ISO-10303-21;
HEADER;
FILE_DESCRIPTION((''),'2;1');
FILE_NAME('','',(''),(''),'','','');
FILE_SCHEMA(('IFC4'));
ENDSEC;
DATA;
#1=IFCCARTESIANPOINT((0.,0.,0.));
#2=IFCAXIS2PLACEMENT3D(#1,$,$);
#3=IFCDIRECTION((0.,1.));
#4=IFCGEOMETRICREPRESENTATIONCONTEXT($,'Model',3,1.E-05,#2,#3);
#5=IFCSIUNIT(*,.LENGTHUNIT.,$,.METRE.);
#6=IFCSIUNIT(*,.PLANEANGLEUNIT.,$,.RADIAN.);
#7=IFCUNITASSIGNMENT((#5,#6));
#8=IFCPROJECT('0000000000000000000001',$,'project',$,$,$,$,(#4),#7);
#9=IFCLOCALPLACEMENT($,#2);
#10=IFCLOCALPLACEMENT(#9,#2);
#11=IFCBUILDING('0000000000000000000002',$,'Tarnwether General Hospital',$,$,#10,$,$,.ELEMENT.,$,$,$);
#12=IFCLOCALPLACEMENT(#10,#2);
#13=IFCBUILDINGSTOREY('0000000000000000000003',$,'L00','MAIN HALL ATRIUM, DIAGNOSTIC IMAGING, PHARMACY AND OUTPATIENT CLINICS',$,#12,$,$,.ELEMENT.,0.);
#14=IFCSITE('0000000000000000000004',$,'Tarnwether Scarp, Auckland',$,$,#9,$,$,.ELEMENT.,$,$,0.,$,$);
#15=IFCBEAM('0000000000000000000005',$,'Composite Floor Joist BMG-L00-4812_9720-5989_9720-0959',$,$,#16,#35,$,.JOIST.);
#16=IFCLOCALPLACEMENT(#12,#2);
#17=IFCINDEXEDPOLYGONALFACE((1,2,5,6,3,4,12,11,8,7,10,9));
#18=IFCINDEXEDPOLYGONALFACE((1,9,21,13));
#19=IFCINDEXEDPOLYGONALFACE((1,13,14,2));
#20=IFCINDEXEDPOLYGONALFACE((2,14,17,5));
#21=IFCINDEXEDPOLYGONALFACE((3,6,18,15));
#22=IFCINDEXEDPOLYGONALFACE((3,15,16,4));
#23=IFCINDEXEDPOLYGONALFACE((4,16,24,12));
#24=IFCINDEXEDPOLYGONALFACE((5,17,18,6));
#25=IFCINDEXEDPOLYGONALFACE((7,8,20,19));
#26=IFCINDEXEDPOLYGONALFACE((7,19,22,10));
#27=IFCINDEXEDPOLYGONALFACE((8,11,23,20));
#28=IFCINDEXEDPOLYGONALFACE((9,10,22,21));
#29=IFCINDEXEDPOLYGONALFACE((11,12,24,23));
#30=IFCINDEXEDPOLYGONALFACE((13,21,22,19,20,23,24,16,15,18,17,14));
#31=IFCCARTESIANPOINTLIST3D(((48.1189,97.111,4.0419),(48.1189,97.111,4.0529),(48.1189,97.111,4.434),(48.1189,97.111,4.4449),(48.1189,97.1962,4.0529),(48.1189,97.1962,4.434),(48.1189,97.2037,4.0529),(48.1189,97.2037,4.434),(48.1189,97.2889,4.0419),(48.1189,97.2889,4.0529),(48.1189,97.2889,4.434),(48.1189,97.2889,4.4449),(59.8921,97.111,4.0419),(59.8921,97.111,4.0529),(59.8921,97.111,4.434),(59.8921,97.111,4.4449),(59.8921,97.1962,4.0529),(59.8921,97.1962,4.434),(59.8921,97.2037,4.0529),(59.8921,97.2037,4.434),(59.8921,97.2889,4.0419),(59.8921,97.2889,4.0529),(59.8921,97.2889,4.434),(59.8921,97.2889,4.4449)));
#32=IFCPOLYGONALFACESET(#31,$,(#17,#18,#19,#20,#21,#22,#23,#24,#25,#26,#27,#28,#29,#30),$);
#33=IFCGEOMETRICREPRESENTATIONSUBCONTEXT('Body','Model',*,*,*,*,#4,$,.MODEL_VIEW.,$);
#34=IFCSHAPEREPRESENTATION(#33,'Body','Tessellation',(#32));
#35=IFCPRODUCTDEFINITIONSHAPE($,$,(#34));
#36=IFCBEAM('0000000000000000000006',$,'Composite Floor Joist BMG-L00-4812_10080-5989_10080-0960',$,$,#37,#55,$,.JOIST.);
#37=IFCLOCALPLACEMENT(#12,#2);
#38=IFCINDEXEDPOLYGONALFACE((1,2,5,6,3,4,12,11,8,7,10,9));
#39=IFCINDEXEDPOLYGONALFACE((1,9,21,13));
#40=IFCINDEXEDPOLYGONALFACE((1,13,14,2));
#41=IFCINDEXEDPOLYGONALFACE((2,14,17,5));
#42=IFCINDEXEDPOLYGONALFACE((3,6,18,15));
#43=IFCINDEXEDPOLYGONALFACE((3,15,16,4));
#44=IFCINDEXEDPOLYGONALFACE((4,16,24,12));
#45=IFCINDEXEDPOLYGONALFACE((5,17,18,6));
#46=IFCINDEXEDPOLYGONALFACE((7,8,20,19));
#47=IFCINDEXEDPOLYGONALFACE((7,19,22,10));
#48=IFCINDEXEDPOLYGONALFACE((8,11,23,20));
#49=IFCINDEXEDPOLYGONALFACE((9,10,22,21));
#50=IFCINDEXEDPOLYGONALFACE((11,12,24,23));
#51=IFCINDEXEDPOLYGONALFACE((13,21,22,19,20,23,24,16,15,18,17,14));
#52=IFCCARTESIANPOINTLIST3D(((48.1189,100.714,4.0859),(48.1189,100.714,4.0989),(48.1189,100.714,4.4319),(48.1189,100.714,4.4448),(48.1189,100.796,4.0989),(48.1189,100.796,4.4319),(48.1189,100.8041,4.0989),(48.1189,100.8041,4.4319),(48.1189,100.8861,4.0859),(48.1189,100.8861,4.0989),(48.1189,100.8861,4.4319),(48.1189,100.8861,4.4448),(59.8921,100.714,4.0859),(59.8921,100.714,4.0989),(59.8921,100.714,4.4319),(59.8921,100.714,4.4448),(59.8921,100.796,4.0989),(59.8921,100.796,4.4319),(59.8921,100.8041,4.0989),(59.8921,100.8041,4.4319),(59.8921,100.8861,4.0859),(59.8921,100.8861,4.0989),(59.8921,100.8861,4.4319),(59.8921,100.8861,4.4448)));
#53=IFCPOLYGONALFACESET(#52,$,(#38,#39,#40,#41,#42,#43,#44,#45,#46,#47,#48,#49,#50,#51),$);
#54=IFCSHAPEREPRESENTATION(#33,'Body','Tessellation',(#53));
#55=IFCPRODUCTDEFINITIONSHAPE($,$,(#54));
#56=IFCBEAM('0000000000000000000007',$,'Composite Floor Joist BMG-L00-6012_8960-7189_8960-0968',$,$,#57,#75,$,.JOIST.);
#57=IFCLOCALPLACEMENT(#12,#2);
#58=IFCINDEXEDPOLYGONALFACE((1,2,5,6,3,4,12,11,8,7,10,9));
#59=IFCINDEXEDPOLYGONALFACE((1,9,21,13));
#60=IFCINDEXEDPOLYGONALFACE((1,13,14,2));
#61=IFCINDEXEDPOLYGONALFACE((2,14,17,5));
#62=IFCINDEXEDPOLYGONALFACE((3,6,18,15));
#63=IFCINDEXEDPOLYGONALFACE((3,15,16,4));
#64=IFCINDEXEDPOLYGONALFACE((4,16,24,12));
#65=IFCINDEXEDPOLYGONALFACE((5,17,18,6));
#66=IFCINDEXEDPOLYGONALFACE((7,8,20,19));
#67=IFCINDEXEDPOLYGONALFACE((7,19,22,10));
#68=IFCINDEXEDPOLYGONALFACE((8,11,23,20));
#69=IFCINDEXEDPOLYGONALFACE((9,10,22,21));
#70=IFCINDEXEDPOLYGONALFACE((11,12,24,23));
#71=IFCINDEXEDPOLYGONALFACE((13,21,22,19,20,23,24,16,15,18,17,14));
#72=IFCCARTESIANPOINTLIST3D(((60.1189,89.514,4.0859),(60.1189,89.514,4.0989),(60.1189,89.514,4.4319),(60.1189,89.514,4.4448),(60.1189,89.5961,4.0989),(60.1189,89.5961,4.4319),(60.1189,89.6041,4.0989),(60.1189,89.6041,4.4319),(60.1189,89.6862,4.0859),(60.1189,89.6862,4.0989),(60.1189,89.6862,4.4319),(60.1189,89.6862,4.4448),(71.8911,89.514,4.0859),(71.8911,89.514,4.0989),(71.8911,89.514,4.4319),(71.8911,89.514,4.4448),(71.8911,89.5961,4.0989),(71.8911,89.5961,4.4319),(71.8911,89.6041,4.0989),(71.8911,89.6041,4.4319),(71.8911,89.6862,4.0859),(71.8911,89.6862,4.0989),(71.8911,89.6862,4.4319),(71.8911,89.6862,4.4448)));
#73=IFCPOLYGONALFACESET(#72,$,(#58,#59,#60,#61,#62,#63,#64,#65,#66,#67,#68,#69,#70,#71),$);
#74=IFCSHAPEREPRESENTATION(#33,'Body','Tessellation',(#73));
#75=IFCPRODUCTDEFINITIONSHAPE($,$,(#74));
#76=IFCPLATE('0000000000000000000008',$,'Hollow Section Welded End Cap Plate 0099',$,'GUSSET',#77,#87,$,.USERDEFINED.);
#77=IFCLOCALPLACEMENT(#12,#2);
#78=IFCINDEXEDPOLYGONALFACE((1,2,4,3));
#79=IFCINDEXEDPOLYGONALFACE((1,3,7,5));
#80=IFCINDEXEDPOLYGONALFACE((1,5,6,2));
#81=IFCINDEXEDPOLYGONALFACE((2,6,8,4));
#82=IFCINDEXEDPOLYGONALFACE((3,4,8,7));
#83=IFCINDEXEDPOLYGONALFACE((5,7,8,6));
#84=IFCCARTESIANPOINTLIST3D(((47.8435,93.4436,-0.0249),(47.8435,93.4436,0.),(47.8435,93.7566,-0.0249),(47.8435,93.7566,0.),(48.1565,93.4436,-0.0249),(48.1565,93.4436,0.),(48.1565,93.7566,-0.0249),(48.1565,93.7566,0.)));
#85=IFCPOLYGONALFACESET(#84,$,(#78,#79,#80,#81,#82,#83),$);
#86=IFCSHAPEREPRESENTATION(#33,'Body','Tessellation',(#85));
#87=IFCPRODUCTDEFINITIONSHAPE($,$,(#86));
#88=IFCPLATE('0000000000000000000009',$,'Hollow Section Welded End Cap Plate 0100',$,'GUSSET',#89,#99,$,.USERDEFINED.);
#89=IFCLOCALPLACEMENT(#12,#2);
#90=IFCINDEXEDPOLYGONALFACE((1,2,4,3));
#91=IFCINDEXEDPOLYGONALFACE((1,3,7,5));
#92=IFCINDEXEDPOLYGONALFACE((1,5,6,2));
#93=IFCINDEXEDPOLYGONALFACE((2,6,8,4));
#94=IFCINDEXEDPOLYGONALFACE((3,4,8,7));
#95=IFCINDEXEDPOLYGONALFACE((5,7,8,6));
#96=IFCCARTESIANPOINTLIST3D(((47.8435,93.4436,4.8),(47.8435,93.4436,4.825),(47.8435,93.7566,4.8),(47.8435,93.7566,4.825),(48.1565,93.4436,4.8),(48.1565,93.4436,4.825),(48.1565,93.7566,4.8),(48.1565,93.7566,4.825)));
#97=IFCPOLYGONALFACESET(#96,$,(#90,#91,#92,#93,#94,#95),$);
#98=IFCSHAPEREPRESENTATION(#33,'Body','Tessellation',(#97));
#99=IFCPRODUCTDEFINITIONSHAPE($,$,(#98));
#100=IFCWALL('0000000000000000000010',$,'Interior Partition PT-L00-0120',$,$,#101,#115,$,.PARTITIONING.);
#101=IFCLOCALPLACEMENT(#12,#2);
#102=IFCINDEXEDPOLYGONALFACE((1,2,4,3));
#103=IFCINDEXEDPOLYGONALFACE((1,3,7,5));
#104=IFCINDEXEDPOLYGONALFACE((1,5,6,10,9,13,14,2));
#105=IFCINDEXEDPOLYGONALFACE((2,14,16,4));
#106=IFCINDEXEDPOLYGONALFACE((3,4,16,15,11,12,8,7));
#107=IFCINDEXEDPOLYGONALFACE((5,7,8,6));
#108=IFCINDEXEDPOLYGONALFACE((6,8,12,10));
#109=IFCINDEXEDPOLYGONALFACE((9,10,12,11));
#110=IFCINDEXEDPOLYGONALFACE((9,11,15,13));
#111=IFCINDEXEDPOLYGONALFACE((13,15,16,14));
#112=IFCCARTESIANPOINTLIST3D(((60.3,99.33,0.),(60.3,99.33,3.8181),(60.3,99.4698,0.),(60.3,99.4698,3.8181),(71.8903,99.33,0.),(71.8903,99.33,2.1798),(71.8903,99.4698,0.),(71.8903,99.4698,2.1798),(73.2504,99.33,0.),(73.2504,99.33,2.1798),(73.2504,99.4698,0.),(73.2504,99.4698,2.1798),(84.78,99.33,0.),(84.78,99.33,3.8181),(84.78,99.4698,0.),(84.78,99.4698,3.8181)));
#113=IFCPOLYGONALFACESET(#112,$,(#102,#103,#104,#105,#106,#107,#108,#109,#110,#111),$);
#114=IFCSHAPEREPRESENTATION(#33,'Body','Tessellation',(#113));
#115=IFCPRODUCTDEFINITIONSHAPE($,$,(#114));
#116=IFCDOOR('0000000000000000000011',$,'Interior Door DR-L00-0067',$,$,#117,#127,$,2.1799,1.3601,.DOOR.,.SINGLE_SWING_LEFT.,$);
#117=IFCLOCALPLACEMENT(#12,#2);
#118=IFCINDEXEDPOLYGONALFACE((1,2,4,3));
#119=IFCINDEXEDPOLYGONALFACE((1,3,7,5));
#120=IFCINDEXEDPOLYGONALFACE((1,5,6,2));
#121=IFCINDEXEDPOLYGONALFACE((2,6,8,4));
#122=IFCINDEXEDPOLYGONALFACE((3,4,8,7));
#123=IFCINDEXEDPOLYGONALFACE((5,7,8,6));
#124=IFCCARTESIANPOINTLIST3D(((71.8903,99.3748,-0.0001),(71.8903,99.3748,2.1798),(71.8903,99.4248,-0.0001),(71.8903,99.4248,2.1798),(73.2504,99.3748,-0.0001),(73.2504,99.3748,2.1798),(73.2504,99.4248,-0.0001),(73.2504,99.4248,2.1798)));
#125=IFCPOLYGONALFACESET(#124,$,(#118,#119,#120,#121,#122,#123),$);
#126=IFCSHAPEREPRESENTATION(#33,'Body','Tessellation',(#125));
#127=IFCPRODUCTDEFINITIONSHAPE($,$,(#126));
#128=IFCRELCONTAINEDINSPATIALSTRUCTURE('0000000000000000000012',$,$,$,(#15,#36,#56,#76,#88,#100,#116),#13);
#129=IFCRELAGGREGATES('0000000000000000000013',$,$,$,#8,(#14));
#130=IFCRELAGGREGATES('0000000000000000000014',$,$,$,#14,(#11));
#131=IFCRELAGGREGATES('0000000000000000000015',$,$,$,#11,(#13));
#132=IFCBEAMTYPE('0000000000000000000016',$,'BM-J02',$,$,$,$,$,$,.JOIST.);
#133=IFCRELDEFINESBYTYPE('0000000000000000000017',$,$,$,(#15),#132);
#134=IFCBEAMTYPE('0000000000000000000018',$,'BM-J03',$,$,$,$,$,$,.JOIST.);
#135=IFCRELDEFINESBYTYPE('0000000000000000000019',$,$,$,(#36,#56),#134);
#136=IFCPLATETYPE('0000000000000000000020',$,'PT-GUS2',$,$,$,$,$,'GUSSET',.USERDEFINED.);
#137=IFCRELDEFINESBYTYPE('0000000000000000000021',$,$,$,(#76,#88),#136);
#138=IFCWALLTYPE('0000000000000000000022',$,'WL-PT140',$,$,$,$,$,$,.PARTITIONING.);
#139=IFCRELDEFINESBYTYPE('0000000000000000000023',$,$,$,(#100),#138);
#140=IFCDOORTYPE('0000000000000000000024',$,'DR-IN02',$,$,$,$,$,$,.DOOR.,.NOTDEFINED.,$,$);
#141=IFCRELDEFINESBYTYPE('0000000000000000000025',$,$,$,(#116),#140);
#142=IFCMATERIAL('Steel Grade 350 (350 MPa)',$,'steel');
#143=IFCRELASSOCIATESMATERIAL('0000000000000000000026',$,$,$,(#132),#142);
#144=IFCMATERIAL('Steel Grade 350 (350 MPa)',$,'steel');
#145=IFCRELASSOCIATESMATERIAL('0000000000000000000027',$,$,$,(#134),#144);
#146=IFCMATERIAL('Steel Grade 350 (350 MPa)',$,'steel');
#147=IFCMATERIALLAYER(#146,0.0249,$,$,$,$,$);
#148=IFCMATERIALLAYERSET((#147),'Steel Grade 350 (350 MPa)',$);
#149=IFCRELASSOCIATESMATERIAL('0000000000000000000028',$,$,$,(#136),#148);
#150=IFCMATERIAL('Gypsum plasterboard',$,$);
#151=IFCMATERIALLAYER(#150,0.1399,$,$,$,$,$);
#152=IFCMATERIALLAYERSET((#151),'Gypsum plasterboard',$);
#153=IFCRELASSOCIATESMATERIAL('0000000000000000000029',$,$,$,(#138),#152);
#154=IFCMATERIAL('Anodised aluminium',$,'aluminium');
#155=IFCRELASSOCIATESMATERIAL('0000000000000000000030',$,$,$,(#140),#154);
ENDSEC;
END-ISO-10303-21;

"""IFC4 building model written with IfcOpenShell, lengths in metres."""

from ifc_helpers import new_model, si_unit, direction, frame, frame_2d, origin, origin_2d, place, context, subcontext, project, spatial, rectangle, i_section, extrude, material, layer, layer_set, material_profile, profile_set, type_object, element, fill, save


model = new_model("IFC4")

# Units and contexts
model_context = context("Model", 3, precision=1e-05, world=origin(), true_north=direction((0.0, 1.0)))
body_context = subcontext(model_context, "Body", "Model", "MODEL_VIEW")
ifc_project = project(units=[si_unit("LENGTHUNIT", "METRE"), si_unit("PLANEANGLEUNIT", "RADIAN")], contexts=[model_context])

# Site, building, storey
site_placement = place(None, origin())
site = spatial("IfcSite", under=ifc_project, at=site_placement, Name="Tarnwether Scarp, Auckland", CompositionType="ELEMENT", RefElevation=0.0)
building_placement = place(site_placement, origin())
building = spatial("IfcBuilding", under=site, at=building_placement, Name="Tarnwether General Hospital", CompositionType="ELEMENT")
storey_placement = place(building_placement, origin())
storey = spatial("IfcBuildingStorey", under=building, at=storey_placement, Name="L00", Description="MAIN HALL ATRIUM, DIAGNOSTIC IMAGING, PHARMACY AND OUTPATIENT CLINICS", CompositionType="ELEMENT", Elevation=0.0)

# Beams
ifc_material_1 = material(Name="Steel Grade 350 (350 MPa)", Category="steel")
ifc_material_profile_1 = material_profile(ifc_material_1, i_section(OverallWidth=0.178, OverallDepth=0.4031, WebThickness=0.0076, FlangeThickness=0.011, at=origin_2d()), Name="410UB53.7")
ifc_profile_set_1 = profile_set([ifc_material_profile_1], Name="Steel Grade 350 (350 MPa)")
beam_type_1 = type_object("IfcBeamType", Name="BM-J02", PredefinedType="JOIST", material=ifc_profile_set_1)
beam_1_placement = place(storey_placement, frame((48.1189, 97.2, 4.2434), z_axis=(1.0, 0.0, 0.0), x_axis=(0.0, 1.0, 0.0)))
element("IfcBeam", 1, at=beam_1_placement, inside=storey, type_object=beam_type_1, Name="Composite Floor Joist BMG-L00-4812_9720-5989_9720-0959", PredefinedType="JOIST", context=body_context, shape_type="SweptSolid", body=[
    extrude(i_section(OverallWidth=0.178, OverallDepth=0.4031, WebThickness=0.0076, FlangeThickness=0.011, at=origin_2d()), origin(), (0.0, 0.0, 1.0), 11.7732),
])
ifc_material_2 = material(Name="Steel Grade 350 (350 MPa)", Category="steel")
ifc_material_profile_2 = material_profile(ifc_material_2, i_section(OverallWidth=0.1721, OverallDepth=0.3589, WebThickness=0.0081, FlangeThickness=0.0129, at=origin_2d()), Name="360UB56.7")
ifc_profile_set_2 = profile_set([ifc_material_profile_2], Name="Steel Grade 350 (350 MPa)")
beam_type_2 = type_object("IfcBeamType", Name="BM-J03", PredefinedType="JOIST", material=ifc_profile_set_2)
beam_2_placement = place(storey_placement, frame((48.1189, 100.8, 4.2654), z_axis=(1.0, 0.0, 0.0), x_axis=(0.0, 1.0, 0.0)))
element("IfcBeam", 2, at=beam_2_placement, inside=storey, type_object=beam_type_2, Name="Composite Floor Joist BMG-L00-4812_10080-5989_10080-0960", PredefinedType="JOIST", context=body_context, shape_type="SweptSolid", body=[
    extrude(i_section(OverallWidth=0.1721, OverallDepth=0.3589, WebThickness=0.0081, FlangeThickness=0.0129, at=origin_2d()), origin(), (0.0, 0.0, 1.0), 11.7732),
])
beam_3_placement = place(storey_placement, frame((60.1189, 89.6001, 4.2654), z_axis=(1.0, 0.0, 0.0), x_axis=(0.0, 1.0, 0.0)))
element("IfcBeam", 3, at=beam_3_placement, inside=storey, type_object=beam_type_2, Name="Composite Floor Joist BMG-L00-6012_8960-7189_8960-0968", PredefinedType="JOIST", context=body_context, shape_type="SweptSolid", body=[
    extrude(i_section(OverallWidth=0.1721, OverallDepth=0.3589, WebThickness=0.0081, FlangeThickness=0.0129, at=origin_2d()), origin(), (0.0, 0.0, 1.0), 11.7722),
])

# Plates
ifc_material_3 = material(Name="Steel Grade 350 (350 MPa)", Category="steel")
ifc_layer_1 = layer(ifc_material_3, 0.0249)
ifc_layer_set_1 = layer_set([ifc_layer_1], Name="Steel Grade 350 (350 MPa)")
plate_type = type_object("IfcPlateType", Name="PT-GUS2", ElementType="GUSSET", PredefinedType="USERDEFINED", material=ifc_layer_set_1)
for number, where, z_axis, x_axis, name in (
    (4, (48.0, 93.6001, -0.0249), (0.0, 0.0, 1.0), (1.0, 0.0, 0.0), "Hollow Section Welded End Cap Plate 0099"),
    (5, (48.0, 93.6001, 4.8), (0.0, 0.0, 1.0), (1.0, 0.0, 0.0), "Hollow Section Welded End Cap Plate 0100"),
):
    element("IfcPlate", number, at=place(storey_placement, frame(where, z_axis=z_axis, x_axis=x_axis)), inside=storey, type_object=plate_type, Name=name, ObjectType="GUSSET", PredefinedType="USERDEFINED", context=body_context, shape_type="SweptSolid", body=[
        extrude(rectangle(XDim=0.313, YDim=0.313, at=origin_2d()), origin(), (0.0, 0.0, 1.0), 0.0249),
    ])

# Wall, opening, door
ifc_material_4 = material(Name="Gypsum plasterboard")
ifc_layer_2 = layer(ifc_material_4, 0.1399)
ifc_layer_set_2 = layer_set([ifc_layer_2], Name="Gypsum plasterboard")
wall_type = type_object("IfcWallType", Name="WL-PT140", PredefinedType="PARTITIONING", material=ifc_layer_set_2)
wall_placement = place(storey_placement, frame((60.3, 99.3999, 0.0), z_axis=(0.0, 0.0, 1.0), x_axis=(1.0, 0.0, 0.0)))
wall = element("IfcWall", 6, at=wall_placement, inside=storey, type_object=wall_type, Name="Interior Partition PT-L00-0120", PredefinedType="PARTITIONING", context=body_context, shape_type="SweptSolid", body=[
    extrude(rectangle(XDim=24.48, YDim=0.1399, at=frame_2d((12.24, 0.0))), origin(), (0.0, 0.0, 1.0), 3.8181),
])
opening_placement = place(wall_placement, frame((11.5901, 0.0, 0.0)))
opening = element("IfcOpeningElement", 7, at=opening_placement, cuts=wall, PredefinedType="OPENING", context=body_context, shape_type="SweptSolid", body=[
    extrude(rectangle(XDim=1.3601, YDim=2.1799, at=frame_2d((0.6802, 1.0898))), frame((0.0, 0.0801, 0.0), z_axis=(0.0, -1.0, 0.0), x_axis=(1.0, 0.0, 0.0)), (0.0, 0.0, 1.0), 0.1599),
])
ifc_material_5 = material(Name="Anodised aluminium", Category="aluminium")
door_type = type_object("IfcDoorType", Name="DR-IN02", OperationType="NOTDEFINED", PredefinedType="DOOR", material=ifc_material_5)
door_placement = place(opening_placement, origin())
door = element("IfcDoor", 8, at=door_placement, inside=storey, type_object=door_type, Name="Interior Door DR-L00-0067", OperationType="SINGLE_SWING_LEFT", OverallHeight=2.1799, OverallWidth=1.3601, PredefinedType="DOOR", context=body_context, shape_type="SweptSolid", body=[
    extrude(rectangle(XDim=1.3601, YDim=2.1799, at=frame_2d((0.6802, 1.0898))), frame((0.0, 0.0249, 0.0), z_axis=(0.0, -1.0, 0.0), x_axis=(1.0, 0.0, 0.0)), (0.0, 0.0, 1.0), 0.05),
])
fill(opening, door)

save(model, "model.ifc")
